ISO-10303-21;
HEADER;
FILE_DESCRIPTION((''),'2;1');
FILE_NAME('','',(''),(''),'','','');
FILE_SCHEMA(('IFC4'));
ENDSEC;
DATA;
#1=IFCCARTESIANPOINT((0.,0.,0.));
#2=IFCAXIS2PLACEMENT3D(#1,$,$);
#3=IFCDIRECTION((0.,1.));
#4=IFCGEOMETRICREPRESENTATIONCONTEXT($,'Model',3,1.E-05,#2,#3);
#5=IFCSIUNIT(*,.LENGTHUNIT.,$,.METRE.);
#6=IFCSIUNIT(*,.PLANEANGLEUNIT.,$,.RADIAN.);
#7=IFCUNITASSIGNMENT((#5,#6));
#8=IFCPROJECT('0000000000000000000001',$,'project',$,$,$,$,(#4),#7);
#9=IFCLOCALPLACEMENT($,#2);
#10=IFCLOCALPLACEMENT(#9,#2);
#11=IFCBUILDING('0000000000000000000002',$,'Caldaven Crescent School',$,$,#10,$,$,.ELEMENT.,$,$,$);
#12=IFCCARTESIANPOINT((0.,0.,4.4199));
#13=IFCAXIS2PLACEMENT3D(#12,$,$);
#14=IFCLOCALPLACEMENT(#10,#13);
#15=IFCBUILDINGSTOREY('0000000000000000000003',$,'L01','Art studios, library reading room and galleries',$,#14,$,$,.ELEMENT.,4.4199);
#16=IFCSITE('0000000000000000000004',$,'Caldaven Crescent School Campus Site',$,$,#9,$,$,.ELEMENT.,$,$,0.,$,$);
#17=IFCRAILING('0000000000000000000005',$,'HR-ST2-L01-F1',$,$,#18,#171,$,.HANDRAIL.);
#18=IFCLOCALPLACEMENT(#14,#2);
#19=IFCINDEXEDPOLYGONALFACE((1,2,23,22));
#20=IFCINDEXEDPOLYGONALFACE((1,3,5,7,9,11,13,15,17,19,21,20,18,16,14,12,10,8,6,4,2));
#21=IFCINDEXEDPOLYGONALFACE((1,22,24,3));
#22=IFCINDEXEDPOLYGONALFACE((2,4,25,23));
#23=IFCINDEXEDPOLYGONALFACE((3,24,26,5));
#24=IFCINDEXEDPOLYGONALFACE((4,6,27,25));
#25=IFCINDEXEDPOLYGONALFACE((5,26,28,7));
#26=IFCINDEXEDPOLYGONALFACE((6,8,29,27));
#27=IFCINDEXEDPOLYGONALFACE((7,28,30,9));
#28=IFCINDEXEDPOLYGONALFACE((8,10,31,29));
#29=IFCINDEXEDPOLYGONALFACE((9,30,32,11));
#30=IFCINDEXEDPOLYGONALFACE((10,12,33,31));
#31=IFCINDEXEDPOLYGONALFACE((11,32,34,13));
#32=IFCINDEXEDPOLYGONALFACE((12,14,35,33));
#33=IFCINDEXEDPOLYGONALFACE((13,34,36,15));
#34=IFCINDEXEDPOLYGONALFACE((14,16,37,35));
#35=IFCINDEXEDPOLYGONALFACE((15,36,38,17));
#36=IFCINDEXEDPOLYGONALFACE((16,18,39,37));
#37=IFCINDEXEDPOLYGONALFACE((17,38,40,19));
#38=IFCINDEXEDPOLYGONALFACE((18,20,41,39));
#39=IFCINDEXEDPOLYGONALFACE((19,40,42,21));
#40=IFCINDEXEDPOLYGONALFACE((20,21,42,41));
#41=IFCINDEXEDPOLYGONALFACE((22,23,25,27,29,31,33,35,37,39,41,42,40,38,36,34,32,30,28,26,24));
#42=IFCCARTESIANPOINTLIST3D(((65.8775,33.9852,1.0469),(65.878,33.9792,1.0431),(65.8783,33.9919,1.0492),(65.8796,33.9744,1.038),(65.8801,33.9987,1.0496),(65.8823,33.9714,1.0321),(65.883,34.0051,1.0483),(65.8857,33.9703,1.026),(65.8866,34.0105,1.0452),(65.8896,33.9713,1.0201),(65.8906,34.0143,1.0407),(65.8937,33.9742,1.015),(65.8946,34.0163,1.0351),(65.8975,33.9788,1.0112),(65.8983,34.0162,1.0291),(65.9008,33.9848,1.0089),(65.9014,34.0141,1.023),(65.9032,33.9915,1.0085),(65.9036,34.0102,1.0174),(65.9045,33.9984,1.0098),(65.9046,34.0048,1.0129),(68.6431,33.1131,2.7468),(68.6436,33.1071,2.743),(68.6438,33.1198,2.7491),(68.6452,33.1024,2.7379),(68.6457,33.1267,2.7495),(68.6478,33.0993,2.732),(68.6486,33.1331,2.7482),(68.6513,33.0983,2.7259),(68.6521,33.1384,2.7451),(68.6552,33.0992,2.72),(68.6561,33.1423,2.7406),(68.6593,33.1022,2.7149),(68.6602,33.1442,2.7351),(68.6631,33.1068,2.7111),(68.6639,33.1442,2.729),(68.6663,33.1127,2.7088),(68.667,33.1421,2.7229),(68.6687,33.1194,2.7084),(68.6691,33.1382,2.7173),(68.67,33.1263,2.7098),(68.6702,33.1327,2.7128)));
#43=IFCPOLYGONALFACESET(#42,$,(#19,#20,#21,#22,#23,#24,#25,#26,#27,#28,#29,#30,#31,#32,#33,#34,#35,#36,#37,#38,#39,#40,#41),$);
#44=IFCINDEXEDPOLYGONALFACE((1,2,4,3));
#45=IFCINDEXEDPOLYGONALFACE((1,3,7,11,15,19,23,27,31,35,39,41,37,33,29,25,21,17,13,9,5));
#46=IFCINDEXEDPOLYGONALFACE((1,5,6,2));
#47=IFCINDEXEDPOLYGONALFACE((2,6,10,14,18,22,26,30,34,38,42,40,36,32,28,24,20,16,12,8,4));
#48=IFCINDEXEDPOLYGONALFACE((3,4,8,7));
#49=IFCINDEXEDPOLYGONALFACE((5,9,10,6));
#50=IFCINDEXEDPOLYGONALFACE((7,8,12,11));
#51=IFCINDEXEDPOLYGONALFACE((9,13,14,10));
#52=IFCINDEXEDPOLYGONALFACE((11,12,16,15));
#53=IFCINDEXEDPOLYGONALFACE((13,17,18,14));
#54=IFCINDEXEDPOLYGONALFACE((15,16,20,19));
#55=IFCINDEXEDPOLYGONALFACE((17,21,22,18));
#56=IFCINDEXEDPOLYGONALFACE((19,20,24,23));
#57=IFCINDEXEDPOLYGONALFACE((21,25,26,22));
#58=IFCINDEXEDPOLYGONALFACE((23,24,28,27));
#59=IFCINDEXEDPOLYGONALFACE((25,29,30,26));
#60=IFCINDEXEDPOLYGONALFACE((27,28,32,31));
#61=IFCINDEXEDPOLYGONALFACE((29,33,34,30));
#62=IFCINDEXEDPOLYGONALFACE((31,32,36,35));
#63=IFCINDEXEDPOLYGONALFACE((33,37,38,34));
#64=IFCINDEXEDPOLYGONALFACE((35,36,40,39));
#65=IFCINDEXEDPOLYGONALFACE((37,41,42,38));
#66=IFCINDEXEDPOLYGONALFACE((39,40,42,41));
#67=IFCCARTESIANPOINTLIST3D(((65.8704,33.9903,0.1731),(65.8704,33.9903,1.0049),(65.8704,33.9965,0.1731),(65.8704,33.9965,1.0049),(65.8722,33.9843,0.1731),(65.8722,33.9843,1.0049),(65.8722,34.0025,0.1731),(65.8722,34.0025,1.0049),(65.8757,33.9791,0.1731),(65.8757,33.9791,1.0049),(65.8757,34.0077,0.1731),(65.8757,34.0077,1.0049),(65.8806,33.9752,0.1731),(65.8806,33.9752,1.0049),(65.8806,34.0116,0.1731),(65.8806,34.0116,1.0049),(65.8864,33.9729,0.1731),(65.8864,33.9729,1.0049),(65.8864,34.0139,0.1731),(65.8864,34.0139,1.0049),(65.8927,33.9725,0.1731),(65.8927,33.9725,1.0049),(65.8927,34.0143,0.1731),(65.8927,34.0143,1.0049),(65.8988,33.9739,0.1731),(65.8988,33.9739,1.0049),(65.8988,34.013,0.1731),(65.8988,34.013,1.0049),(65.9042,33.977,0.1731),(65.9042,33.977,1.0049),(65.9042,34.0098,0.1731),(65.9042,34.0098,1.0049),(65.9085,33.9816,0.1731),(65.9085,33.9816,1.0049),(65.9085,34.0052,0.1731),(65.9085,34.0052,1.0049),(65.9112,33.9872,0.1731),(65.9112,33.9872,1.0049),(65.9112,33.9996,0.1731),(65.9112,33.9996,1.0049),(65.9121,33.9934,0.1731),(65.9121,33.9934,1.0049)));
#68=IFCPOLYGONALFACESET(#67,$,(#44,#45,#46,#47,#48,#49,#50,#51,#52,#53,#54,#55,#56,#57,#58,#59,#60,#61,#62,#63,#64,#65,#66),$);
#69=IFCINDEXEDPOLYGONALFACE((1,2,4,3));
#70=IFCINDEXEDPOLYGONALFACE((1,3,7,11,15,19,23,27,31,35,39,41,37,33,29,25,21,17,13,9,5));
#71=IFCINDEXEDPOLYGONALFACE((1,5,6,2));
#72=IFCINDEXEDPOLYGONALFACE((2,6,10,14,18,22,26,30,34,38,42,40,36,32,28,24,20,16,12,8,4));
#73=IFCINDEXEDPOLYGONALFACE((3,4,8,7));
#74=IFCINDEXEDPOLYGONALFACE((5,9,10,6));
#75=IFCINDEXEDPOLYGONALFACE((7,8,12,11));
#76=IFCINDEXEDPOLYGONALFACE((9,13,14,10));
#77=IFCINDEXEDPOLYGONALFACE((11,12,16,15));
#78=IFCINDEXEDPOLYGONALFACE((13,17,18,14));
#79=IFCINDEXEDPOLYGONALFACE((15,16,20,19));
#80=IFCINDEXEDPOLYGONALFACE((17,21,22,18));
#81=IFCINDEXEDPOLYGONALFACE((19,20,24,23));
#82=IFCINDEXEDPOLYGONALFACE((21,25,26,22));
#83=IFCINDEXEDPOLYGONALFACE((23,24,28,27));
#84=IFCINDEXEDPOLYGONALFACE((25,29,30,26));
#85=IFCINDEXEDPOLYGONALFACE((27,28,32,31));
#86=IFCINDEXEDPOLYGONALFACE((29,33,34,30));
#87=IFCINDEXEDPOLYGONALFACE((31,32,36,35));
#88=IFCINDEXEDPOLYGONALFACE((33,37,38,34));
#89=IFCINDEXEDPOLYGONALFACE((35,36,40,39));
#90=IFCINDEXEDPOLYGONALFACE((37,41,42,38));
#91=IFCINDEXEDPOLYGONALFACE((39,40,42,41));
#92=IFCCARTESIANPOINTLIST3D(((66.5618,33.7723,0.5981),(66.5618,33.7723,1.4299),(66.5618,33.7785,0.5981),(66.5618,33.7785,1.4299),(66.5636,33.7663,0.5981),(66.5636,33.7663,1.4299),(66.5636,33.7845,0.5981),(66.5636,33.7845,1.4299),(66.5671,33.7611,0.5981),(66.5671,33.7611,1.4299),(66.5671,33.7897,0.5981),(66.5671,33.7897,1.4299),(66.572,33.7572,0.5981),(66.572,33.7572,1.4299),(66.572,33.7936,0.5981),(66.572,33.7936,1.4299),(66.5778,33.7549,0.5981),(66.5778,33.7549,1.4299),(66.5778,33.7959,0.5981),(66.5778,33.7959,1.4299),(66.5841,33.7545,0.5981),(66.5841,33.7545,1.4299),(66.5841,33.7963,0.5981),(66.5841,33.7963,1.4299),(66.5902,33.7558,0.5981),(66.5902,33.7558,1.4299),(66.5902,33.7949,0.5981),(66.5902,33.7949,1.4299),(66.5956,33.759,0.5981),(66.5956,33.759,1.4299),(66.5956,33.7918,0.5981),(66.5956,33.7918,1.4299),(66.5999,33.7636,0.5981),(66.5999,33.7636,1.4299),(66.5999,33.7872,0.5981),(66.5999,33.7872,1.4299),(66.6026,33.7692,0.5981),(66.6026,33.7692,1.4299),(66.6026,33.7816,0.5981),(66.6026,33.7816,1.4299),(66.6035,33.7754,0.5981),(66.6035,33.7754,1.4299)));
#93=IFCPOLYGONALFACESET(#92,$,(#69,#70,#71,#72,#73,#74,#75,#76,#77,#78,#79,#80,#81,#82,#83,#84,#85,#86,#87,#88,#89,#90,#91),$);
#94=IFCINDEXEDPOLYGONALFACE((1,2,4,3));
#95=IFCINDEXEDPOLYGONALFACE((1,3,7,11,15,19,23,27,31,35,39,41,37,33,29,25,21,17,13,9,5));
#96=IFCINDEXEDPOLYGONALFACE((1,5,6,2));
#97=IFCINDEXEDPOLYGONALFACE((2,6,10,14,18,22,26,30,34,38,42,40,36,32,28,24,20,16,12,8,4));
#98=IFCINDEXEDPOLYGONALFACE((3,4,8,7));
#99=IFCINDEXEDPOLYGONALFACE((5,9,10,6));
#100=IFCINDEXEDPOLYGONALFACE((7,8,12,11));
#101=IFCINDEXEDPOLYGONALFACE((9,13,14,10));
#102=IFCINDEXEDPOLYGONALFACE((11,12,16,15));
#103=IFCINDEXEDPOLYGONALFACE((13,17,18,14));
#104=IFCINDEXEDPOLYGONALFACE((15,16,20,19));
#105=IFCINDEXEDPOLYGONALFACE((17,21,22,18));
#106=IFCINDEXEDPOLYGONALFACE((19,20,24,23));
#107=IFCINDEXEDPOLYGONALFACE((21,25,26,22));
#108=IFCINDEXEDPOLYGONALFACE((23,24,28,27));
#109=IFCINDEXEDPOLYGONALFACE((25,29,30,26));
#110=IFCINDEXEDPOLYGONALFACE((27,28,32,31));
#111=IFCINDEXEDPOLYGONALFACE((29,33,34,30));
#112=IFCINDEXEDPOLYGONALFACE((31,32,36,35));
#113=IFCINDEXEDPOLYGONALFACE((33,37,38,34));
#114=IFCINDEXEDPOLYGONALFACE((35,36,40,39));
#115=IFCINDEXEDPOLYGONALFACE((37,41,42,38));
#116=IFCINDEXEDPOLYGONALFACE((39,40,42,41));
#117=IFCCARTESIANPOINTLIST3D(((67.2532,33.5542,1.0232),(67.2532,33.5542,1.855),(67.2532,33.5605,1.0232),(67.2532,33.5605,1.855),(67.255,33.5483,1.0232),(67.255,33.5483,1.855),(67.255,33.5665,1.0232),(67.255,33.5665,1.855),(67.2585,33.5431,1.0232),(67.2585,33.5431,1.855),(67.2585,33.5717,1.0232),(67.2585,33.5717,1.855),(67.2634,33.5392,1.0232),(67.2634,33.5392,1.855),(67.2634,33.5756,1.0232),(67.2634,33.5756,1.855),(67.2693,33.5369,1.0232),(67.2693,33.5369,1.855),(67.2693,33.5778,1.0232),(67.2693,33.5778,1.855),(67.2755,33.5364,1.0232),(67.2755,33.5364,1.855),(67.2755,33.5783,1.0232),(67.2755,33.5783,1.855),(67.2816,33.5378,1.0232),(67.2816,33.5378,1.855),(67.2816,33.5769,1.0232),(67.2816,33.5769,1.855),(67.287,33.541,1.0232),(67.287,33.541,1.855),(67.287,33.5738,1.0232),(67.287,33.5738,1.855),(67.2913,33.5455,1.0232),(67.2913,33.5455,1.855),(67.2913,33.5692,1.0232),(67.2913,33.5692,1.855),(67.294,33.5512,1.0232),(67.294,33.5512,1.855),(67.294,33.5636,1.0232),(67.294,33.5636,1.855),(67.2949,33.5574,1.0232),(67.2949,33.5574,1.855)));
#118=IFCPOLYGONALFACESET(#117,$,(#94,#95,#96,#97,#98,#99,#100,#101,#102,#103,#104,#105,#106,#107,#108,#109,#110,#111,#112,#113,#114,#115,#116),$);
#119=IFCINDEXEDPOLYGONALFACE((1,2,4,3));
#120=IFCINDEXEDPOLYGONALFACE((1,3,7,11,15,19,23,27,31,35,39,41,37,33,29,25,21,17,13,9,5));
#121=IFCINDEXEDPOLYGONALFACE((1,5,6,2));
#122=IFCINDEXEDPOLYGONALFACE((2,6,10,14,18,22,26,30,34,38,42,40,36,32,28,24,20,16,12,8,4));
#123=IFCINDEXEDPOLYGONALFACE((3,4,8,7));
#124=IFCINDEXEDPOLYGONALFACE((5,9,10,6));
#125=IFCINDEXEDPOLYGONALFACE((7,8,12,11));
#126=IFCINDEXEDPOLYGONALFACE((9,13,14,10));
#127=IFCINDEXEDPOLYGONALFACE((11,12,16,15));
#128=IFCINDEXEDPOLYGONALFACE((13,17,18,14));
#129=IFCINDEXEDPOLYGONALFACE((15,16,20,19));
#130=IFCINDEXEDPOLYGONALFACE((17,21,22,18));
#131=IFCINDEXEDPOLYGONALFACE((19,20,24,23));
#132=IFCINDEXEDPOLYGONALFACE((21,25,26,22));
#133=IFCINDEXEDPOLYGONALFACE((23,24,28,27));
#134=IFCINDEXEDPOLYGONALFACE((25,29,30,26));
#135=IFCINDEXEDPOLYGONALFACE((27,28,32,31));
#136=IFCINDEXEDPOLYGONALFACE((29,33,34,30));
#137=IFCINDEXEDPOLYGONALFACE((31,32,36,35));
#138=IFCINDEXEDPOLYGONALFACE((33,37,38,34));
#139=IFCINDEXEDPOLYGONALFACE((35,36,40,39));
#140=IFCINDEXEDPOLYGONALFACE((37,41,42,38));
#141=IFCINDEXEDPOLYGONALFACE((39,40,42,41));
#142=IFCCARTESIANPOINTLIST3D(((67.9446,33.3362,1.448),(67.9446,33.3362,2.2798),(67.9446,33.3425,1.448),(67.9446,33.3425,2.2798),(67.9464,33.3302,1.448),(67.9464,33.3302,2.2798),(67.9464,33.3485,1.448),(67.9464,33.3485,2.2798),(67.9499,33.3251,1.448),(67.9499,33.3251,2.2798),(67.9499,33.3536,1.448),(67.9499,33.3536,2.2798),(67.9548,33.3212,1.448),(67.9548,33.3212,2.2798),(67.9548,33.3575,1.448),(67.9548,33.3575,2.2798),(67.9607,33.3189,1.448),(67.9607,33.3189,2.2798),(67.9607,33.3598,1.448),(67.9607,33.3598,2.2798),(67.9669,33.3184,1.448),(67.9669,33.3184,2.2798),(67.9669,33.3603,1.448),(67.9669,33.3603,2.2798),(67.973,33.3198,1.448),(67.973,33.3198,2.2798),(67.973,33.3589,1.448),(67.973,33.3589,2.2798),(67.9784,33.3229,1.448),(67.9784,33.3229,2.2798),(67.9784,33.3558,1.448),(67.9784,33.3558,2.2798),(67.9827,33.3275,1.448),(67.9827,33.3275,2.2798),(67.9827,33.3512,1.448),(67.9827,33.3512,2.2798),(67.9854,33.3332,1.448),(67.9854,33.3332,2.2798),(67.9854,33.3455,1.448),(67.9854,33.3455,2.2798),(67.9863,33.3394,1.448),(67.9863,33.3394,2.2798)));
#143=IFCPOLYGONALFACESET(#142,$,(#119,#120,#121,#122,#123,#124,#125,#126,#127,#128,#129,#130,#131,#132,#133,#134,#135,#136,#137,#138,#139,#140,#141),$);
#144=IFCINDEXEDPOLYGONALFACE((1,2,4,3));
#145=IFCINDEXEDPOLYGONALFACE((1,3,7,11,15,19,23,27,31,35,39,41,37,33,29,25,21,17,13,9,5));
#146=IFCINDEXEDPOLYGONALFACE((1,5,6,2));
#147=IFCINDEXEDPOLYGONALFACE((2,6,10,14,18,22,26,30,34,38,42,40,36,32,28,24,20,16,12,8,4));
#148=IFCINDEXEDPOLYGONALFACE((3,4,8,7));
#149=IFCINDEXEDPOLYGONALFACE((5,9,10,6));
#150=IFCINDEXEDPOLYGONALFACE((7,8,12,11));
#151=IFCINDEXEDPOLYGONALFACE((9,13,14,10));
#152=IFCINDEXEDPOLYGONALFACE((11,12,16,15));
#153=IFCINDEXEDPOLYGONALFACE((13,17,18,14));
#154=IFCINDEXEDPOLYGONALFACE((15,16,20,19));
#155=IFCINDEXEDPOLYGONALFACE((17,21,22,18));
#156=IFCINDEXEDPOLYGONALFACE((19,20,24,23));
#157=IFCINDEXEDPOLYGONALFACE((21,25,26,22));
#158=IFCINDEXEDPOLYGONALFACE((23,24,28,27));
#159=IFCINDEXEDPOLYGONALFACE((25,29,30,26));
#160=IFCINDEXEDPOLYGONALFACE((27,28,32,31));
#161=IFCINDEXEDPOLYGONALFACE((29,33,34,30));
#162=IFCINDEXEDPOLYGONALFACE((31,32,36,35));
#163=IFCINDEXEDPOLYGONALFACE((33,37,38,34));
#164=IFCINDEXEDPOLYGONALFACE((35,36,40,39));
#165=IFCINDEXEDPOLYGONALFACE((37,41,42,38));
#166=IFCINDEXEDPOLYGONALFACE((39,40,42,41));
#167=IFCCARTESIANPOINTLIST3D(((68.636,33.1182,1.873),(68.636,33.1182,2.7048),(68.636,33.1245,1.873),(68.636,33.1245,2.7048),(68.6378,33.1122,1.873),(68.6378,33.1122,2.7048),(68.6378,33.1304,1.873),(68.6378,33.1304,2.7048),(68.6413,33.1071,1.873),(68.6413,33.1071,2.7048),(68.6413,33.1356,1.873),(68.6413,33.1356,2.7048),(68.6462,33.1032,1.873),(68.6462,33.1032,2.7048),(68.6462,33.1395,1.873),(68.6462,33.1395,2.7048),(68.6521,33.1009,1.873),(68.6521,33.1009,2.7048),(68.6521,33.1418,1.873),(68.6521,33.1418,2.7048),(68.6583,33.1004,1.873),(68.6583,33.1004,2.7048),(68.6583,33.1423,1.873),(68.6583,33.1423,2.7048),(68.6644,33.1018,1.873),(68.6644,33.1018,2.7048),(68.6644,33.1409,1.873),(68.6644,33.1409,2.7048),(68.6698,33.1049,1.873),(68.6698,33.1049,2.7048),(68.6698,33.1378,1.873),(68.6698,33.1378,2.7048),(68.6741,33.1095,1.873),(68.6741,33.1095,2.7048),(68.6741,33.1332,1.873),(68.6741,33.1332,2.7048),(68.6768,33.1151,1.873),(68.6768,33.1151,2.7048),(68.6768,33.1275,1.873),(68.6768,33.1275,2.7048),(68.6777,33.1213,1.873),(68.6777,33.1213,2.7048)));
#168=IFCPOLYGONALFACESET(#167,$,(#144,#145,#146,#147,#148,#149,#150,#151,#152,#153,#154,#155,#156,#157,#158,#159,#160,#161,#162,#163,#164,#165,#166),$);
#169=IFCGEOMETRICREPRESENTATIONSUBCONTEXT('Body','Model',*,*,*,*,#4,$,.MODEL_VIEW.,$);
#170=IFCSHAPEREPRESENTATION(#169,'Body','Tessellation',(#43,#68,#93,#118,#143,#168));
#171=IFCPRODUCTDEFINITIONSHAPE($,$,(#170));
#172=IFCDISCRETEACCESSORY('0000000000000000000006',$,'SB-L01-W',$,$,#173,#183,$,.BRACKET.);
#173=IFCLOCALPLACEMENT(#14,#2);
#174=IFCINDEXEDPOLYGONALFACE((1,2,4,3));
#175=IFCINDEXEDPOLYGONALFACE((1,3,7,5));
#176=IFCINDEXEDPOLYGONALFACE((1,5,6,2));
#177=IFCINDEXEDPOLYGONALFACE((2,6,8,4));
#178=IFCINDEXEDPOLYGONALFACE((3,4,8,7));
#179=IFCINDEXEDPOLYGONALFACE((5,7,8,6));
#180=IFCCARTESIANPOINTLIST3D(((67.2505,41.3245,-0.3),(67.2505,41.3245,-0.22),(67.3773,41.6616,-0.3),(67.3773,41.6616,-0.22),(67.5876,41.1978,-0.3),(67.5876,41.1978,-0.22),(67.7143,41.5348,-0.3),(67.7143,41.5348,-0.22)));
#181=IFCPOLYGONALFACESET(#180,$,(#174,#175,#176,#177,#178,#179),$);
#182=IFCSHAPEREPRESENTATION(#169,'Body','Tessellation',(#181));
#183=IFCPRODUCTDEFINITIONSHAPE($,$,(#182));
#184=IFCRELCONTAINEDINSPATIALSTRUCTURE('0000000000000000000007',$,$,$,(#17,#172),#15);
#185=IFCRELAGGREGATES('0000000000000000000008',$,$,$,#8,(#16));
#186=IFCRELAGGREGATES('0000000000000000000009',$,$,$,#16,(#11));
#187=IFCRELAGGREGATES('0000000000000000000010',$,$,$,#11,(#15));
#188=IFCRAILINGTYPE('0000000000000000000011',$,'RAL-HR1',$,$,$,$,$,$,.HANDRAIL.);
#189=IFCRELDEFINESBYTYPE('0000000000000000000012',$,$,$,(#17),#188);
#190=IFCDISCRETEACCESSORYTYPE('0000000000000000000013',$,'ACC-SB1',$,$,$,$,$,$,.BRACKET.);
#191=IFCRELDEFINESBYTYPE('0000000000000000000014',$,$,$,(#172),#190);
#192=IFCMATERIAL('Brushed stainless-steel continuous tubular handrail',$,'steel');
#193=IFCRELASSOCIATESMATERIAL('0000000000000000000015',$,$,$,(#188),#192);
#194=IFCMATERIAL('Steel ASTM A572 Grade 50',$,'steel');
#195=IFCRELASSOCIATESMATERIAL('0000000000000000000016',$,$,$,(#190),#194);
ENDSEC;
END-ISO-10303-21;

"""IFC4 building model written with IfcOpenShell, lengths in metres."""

from ifc_helpers import new_model, si_unit, direction, frame, origin, origin_2d, place, context, subcontext, project, spatial, rectangle, circle, extrude, material, type_object, element, save


model = new_model("IFC4")

# Units and contexts
model_context = context("Model", 3, precision=1e-05, world=origin(), true_north=direction((0.0, 1.0)))
body_context = subcontext(model_context, "Body", "Model", "MODEL_VIEW")
ifc_project = project(units=[si_unit("LENGTHUNIT", "METRE"), si_unit("PLANEANGLEUNIT", "RADIAN")], contexts=[model_context])

# Site, building, storey
site_placement = place(None, origin())
site = spatial("IfcSite", under=ifc_project, at=site_placement, Name="Caldaven Crescent School Campus Site", CompositionType="ELEMENT", RefElevation=0.0)
building_placement = place(site_placement, origin())
building = spatial("IfcBuilding", under=site, at=building_placement, Name="Caldaven Crescent School", CompositionType="ELEMENT")
storey_placement = place(building_placement, frame((0.0, 0.0, 4.4199)))
storey = spatial("IfcBuildingStorey", under=building, at=storey_placement, Name="L01", Description="Art studios, library reading room and galleries", CompositionType="ELEMENT", Elevation=4.4199)

# Railing
ifc_material_1 = material(Name="Brushed stainless-steel continuous tubular handrail", Category="steel")
railing_type_1 = type_object("IfcRailingType", Name="RAL-HR1", PredefinedType="HANDRAIL", material=ifc_material_1)
railing_1_placement = place(storey_placement, frame((65.8911, 33.9934, 0.1731)))
element("IfcRailing", 1, at=railing_1_placement, inside=storey, type_object=railing_type_1, Name="HR-ST2-L01-F1", PredefinedType="HANDRAIL", context=body_context, shape_type="SweptSolid", body=[
    extrude(circle(Radius=0.0239, at=origin_2d()), frame((0.0, 0.0, 0.856), z_axis=(0.822759, -0.259436, 0.505727), x_axis=(0.300728, 0.95371, 0.0)), (0.0, 0.0, 1.0), 3.3613),
    extrude(circle(Radius=0.021, at=origin_2d()), origin(), (0.0, 0.0, 1.0), 0.8318),
    extrude(circle(Radius=0.021, at=origin_2d()), frame((0.6914, -0.218, 0.425)), (0.0, 0.0, 1.0), 0.8318),
    extrude(circle(Radius=0.021, at=origin_2d()), frame((1.3828, -0.436, 0.8501)), (0.0, 0.0, 1.0), 0.8318),
    extrude(circle(Radius=0.021, at=origin_2d()), frame((2.0742, -0.6541, 1.2749)), (0.0, 0.0, 1.0), 0.8318),
    extrude(circle(Radius=0.021, at=origin_2d()), frame((2.7656, -0.8721, 1.7)), (0.0, 0.0, 1.0), 0.8318),
])

# Discrete accessory
ifc_material_2 = material(Name="Steel ASTM A572 Grade 50", Category="steel")
discrete_accessory_type = type_object("IfcDiscreteAccessoryType", Name="ACC-SB1", PredefinedType="BRACKET", material=ifc_material_2)
discrete_accessory_placement = place(storey_placement, frame((67.4824, 41.4297, -0.3), z_axis=(0.0, 0.0, 1.0), x_axis=(-0.352005, -0.935998, 0.0)))
element("IfcDiscreteAccessory", 2, at=discrete_accessory_placement, inside=storey, type_object=discrete_accessory_type, Name="SB-L01-W", PredefinedType="BRACKET", context=body_context, shape_type="SweptSolid", body=[
    extrude(rectangle(XDim=0.3601, YDim=0.3601, at=origin_2d()), origin(), (0.0, 0.0, 1.0), 0.0801),
])

save(model, "model.ifc")
